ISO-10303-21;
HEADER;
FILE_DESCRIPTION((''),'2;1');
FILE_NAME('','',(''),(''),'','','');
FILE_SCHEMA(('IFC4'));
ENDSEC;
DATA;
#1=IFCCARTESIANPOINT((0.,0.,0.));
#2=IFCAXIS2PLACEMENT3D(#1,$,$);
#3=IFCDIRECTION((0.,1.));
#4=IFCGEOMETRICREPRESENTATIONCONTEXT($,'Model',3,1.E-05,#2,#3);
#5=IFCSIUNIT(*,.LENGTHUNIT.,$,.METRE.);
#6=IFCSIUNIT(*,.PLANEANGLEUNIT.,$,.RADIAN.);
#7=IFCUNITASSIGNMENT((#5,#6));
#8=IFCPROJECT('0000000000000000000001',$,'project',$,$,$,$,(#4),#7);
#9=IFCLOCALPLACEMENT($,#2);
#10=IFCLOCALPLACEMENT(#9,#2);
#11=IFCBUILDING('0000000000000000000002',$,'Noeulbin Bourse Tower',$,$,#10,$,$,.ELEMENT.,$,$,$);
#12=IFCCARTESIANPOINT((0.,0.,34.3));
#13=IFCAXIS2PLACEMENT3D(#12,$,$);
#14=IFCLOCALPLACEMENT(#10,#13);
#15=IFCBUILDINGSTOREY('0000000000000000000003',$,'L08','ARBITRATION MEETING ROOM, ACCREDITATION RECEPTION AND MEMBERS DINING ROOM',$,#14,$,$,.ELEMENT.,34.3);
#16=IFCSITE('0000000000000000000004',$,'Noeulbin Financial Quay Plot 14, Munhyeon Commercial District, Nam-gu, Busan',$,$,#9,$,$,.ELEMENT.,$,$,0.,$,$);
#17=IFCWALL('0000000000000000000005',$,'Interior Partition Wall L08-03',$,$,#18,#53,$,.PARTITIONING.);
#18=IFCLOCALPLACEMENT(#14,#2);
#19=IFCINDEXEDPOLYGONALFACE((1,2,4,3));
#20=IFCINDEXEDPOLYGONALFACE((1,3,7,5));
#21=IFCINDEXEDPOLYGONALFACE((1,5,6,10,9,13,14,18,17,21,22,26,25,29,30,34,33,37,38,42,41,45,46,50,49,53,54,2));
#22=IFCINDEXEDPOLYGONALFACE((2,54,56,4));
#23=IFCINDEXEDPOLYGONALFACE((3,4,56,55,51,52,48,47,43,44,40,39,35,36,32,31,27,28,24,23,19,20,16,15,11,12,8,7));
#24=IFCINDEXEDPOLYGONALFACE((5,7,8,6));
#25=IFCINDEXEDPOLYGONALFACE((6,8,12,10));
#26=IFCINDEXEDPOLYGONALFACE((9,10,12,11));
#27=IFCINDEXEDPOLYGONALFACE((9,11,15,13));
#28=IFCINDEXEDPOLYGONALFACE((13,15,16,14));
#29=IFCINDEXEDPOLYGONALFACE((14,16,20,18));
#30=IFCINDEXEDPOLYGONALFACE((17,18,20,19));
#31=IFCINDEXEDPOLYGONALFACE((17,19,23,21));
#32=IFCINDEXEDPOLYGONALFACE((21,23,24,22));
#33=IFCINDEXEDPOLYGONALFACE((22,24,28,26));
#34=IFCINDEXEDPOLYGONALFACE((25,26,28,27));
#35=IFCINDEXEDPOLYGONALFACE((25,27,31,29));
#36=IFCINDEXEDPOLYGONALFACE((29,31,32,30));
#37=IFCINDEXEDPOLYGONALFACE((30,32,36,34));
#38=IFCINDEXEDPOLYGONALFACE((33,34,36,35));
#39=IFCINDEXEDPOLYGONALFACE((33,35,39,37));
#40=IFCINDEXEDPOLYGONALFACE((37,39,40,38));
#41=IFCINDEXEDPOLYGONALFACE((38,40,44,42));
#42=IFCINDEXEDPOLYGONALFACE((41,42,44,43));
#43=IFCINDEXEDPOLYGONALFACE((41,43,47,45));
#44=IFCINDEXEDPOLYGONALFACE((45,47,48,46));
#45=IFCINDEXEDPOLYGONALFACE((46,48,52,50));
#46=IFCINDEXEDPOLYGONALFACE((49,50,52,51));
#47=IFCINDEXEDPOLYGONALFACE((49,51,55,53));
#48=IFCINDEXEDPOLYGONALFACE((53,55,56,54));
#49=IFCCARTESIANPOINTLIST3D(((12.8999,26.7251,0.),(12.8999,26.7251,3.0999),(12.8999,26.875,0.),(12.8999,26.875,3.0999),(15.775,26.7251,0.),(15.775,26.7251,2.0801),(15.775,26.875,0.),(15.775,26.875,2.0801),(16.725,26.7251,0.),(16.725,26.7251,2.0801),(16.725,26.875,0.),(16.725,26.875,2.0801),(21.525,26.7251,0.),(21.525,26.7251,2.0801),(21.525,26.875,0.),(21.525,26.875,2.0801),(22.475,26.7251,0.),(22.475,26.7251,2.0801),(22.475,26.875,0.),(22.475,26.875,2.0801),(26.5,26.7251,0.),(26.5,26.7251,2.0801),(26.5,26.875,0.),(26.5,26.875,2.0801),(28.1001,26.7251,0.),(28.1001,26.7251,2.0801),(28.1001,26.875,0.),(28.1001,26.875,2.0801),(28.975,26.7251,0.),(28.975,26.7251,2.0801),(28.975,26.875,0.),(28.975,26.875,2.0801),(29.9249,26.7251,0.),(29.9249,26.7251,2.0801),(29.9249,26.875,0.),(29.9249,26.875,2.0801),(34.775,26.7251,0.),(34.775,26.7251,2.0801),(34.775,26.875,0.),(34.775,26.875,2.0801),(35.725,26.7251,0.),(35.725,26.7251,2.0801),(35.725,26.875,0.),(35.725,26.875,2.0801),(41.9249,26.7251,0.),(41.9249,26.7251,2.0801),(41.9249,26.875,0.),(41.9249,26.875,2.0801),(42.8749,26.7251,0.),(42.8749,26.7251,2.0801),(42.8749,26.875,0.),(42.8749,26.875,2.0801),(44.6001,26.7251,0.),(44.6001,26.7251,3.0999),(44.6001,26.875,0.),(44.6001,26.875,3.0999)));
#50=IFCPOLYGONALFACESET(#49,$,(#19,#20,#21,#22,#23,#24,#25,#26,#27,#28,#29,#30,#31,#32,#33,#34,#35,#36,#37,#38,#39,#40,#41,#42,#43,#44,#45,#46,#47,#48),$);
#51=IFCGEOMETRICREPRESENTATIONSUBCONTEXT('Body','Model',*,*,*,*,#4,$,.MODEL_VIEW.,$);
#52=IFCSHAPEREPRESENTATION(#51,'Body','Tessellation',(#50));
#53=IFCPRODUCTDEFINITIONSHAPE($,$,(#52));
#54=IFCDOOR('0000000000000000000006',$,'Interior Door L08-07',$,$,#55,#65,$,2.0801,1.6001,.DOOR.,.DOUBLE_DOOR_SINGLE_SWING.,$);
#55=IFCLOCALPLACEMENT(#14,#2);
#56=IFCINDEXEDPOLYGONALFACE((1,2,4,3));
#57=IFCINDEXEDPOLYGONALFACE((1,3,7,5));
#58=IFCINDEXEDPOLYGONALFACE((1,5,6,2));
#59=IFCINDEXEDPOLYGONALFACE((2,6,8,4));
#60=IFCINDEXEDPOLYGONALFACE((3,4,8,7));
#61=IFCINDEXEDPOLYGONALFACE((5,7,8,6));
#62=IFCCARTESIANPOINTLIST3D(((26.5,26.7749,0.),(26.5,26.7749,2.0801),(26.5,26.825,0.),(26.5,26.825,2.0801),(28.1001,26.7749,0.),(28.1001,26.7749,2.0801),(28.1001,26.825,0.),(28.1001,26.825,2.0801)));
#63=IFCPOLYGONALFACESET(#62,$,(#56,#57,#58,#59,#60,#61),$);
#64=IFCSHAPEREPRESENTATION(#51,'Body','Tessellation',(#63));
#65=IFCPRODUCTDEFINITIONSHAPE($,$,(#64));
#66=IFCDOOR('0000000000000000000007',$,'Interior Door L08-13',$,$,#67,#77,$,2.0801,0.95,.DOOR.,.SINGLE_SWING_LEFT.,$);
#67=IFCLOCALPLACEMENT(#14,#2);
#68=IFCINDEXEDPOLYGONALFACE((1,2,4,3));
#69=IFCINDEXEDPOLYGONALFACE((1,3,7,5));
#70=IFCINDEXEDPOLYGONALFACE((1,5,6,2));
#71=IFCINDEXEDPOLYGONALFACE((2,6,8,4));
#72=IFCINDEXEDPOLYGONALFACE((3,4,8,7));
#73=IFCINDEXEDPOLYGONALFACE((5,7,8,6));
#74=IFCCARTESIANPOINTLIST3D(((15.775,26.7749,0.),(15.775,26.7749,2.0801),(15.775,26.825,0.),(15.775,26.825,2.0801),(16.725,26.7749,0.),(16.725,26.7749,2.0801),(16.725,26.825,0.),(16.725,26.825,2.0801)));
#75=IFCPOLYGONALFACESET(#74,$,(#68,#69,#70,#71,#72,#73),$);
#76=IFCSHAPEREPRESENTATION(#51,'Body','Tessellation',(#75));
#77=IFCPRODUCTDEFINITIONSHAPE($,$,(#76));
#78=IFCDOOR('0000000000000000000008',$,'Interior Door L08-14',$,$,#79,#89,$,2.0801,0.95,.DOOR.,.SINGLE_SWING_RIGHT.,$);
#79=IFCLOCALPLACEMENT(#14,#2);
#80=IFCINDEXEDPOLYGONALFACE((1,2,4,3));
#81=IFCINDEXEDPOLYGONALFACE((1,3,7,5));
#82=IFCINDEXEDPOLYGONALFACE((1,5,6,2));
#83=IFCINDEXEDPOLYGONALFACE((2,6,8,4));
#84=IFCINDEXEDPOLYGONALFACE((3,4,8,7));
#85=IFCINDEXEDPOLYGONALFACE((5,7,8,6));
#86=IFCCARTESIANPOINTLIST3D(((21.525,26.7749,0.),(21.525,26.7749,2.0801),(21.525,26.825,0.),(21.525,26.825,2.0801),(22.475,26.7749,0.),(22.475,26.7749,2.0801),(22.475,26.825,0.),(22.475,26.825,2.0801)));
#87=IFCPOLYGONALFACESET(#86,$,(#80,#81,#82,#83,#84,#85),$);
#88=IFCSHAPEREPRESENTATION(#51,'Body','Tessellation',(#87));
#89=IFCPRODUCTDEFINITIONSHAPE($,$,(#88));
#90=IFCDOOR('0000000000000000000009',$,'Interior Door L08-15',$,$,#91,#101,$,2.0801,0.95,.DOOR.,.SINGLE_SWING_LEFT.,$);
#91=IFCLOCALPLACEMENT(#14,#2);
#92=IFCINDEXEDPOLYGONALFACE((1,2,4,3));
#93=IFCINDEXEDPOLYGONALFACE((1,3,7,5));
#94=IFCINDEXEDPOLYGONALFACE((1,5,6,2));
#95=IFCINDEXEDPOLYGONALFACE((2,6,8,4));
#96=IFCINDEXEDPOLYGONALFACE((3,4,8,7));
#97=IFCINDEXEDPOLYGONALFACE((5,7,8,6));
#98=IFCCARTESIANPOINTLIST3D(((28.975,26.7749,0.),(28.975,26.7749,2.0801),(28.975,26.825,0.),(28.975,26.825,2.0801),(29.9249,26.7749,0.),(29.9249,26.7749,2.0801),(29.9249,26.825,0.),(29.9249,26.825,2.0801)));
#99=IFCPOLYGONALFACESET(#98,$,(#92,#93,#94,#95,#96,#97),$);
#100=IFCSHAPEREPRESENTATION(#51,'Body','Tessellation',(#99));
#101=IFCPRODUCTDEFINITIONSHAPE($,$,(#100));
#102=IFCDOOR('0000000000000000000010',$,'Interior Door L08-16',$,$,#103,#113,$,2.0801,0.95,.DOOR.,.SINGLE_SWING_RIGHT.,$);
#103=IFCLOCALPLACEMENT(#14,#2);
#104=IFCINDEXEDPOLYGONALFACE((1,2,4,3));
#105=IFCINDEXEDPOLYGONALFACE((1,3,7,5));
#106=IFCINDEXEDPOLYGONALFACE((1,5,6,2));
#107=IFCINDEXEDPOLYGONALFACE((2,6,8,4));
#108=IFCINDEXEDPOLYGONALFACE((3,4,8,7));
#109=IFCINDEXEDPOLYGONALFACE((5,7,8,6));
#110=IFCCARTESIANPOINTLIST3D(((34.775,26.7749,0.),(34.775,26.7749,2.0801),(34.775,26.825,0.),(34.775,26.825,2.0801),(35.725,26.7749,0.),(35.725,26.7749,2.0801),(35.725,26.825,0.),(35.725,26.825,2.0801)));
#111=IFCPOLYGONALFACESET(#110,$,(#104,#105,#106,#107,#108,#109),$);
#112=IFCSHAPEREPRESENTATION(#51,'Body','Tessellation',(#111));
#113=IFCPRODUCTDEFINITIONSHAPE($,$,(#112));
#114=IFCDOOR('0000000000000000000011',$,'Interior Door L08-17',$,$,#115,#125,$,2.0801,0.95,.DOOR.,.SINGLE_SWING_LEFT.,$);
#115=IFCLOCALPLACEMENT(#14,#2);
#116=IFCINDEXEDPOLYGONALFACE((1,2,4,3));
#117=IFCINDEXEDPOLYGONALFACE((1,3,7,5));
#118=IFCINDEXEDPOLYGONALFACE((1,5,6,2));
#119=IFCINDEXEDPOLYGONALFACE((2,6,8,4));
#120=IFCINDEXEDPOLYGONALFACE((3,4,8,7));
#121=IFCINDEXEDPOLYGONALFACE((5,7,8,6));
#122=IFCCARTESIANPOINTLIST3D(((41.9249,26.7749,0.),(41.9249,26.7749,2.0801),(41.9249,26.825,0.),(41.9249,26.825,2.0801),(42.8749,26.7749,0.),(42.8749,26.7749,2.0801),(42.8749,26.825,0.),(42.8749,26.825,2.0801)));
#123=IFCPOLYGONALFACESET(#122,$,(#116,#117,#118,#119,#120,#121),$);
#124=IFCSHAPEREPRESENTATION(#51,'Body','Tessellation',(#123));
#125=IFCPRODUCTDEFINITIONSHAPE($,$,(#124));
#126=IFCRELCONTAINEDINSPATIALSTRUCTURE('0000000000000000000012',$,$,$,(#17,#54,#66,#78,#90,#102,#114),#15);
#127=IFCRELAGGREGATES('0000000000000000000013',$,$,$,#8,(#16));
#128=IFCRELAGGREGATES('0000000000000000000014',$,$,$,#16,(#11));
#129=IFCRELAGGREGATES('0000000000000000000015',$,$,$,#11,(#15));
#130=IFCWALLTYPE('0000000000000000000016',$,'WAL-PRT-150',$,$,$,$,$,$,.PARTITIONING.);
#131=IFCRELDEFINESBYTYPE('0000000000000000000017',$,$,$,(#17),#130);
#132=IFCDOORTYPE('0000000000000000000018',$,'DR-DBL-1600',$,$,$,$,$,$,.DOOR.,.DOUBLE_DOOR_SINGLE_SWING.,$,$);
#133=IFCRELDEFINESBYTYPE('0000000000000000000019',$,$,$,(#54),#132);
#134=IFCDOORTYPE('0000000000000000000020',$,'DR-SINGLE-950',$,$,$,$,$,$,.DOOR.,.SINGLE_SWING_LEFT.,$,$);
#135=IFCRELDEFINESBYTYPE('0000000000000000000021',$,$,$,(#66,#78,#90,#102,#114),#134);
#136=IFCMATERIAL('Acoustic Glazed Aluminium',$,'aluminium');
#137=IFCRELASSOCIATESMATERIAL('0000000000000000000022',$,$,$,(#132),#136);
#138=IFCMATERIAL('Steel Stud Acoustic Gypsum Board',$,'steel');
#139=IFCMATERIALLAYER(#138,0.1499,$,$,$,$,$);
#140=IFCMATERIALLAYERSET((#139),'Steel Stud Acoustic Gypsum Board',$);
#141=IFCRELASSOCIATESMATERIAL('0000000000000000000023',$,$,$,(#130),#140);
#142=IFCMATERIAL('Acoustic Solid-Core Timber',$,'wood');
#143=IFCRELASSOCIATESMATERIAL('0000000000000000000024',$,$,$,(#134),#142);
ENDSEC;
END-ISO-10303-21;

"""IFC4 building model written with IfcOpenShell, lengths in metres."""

from ifc_helpers import new_model, si_unit, direction, frame, frame_2d, origin, place, context, subcontext, project, spatial, rectangle, extrude, material, layer, layer_set, type_object, element, fill, save


model = new_model("IFC4")

# Units and contexts
model_context = context("Model", 3, precision=1e-05, world=origin(), true_north=direction((0.0, 1.0)))
body_context = subcontext(model_context, "Body", "Model", "MODEL_VIEW")
ifc_project = project(units=[si_unit("LENGTHUNIT", "METRE"), si_unit("PLANEANGLEUNIT", "RADIAN")], contexts=[model_context])

# Site, building, storey
site_placement = place(None, origin())
site = spatial("IfcSite", under=ifc_project, at=site_placement, Name="Noeulbin Financial Quay Plot 14, Munhyeon Commercial District, Nam-gu, Busan", CompositionType="ELEMENT", RefElevation=0.0)
building_placement = place(site_placement, origin())
building = spatial("IfcBuilding", under=site, at=building_placement, Name="Noeulbin Bourse Tower", CompositionType="ELEMENT")
storey_placement = place(building_placement, frame((0.0, 0.0, 34.3)))
storey = spatial("IfcBuildingStorey", under=building, at=storey_placement, Name="L08", Description="ARBITRATION MEETING ROOM, ACCREDITATION RECEPTION AND MEMBERS DINING ROOM", CompositionType="ELEMENT", Elevation=34.3)

# Shared definitions
ifc_material_1 = material(Name="Acoustic Glazed Aluminium", Category="aluminium")
door_type_1 = type_object("IfcDoorType", Name="DR-DBL-1600", OperationType="DOUBLE_DOOR_SINGLE_SWING", PredefinedType="DOOR", material=ifc_material_1)

# Wall, openings, doors
ifc_material_2 = material(Name="Steel Stud Acoustic Gypsum Board", Category="steel")
ifc_layer_1 = layer(ifc_material_2, 0.1499)
ifc_layer_set_1 = layer_set([ifc_layer_1], Name="Steel Stud Acoustic Gypsum Board")
wall_type_1 = type_object("IfcWallType", Name="WAL-PRT-150", PredefinedType="PARTITIONING", material=ifc_layer_set_1)
wall_1_placement = place(storey_placement, frame((12.8999, 26.8, 0.0), z_axis=(0.0, 0.0, 1.0), x_axis=(1.0, 0.0, 0.0)))
wall_1 = element("IfcWall", 1, at=wall_1_placement, inside=storey, type_object=wall_type_1, Name="Interior Partition Wall L08-03", PredefinedType="PARTITIONING", context=body_context, shape_type="SweptSolid", body=[
    extrude(rectangle(XDim=31.7002, YDim=0.1499, at=frame_2d((15.8501, 0.0))), origin(), (0.0, 0.0, 1.0), 3.0999),
])
opening_1_placement = place(wall_1_placement, frame((13.6001, 0.0, 0.0)))
opening_1 = element("IfcOpeningElement", 2, at=opening_1_placement, cuts=wall_1, PredefinedType="OPENING", context=body_context, shape_type="SweptSolid", body=[
    extrude(rectangle(XDim=1.6001, YDim=2.0801, at=frame_2d((0.8, 1.04))), frame((0.0, 0.085, 0.0), z_axis=(0.0, -1.0, 0.0), x_axis=(1.0, 0.0, 0.0)), (0.0, 0.0, 1.0), 0.1699),
])
opening_2_placement = place(wall_1_placement, frame((2.875, 0.0, 0.0)))
opening_2 = element("IfcOpeningElement", 3, at=opening_2_placement, cuts=wall_1, PredefinedType="OPENING", context=body_context, shape_type="SweptSolid", body=[
    extrude(rectangle(XDim=0.95, YDim=2.0801, at=frame_2d((0.4751, 1.04))), frame((0.0, 0.085, 0.0), z_axis=(0.0, -1.0, 0.0), x_axis=(1.0, 0.0, 0.0)), (0.0, 0.0, 1.0), 0.1699),
])
opening_3_placement = place(wall_1_placement, frame((8.625, 0.0, 0.0)))
opening_3 = element("IfcOpeningElement", 4, at=opening_3_placement, cuts=wall_1, PredefinedType="OPENING", context=body_context, shape_type="SweptSolid", body=[
    extrude(rectangle(XDim=0.95, YDim=2.0801, at=frame_2d((0.4751, 1.04))), frame((0.0, 0.085, 0.0), z_axis=(0.0, -1.0, 0.0), x_axis=(1.0, 0.0, 0.0)), (0.0, 0.0, 1.0), 0.1699),
])
opening_4_placement = place(wall_1_placement, frame((16.075, 0.0, 0.0)))
opening_4 = element("IfcOpeningElement", 5, at=opening_4_placement, cuts=wall_1, PredefinedType="OPENING", context=body_context, shape_type="SweptSolid", body=[
    extrude(rectangle(XDim=0.95, YDim=2.0801, at=frame_2d((0.4751, 1.04))), frame((0.0, 0.085, 0.0), z_axis=(0.0, -1.0, 0.0), x_axis=(1.0, 0.0, 0.0)), (0.0, 0.0, 1.0), 0.1699),
])
opening_5_placement = place(wall_1_placement, frame((21.875, 0.0, 0.0)))
opening_5 = element("IfcOpeningElement", 6, at=opening_5_placement, cuts=wall_1, PredefinedType="OPENING", context=body_context, shape_type="SweptSolid", body=[
    extrude(rectangle(XDim=0.95, YDim=2.0801, at=frame_2d((0.4751, 1.04))), frame((0.0, 0.085, 0.0), z_axis=(0.0, -1.0, 0.0), x_axis=(1.0, 0.0, 0.0)), (0.0, 0.0, 1.0), 0.1699),
])
opening_6_placement = place(wall_1_placement, frame((29.0249, 0.0, 0.0)))
opening_6 = element("IfcOpeningElement", 7, at=opening_6_placement, cuts=wall_1, PredefinedType="OPENING", context=body_context, shape_type="SweptSolid", body=[
    extrude(rectangle(XDim=0.95, YDim=2.0801, at=frame_2d((0.4751, 1.04))), frame((0.0, 0.085, 0.0), z_axis=(0.0, -1.0, 0.0), x_axis=(1.0, 0.0, 0.0)), (0.0, 0.0, 1.0), 0.1699),
])
door_1_placement = place(opening_1_placement, origin())
door_1 = element("IfcDoor", 8, at=door_1_placement, inside=storey, type_object=door_type_1, Name="Interior Door L08-07", OperationType="DOUBLE_DOOR_SINGLE_SWING", OverallHeight=2.0801, OverallWidth=1.6001, PredefinedType="DOOR", context=body_context, shape_type="SweptSolid", body=[
    extrude(rectangle(XDim=1.6001, YDim=2.0801, at=frame_2d((0.8, 1.04))), frame((0.0, 0.0249, 0.0), z_axis=(0.0, -1.0, 0.0), x_axis=(1.0, 0.0, 0.0)), (0.0, 0.0, 1.0), 0.05),
])
fill(opening_1, door_1)
ifc_material_3 = material(Name="Acoustic Solid-Core Timber", Category="wood")
door_type_2 = type_object("IfcDoorType", Name="DR-SINGLE-950", OperationType="SINGLE_SWING_LEFT", PredefinedType="DOOR", material=ifc_material_3)
door_2_placement = place(opening_2_placement, origin())
door_2 = element("IfcDoor", 9, at=door_2_placement, inside=storey, type_object=door_type_2, Name="Interior Door L08-13", OperationType="SINGLE_SWING_LEFT", OverallHeight=2.0801, OverallWidth=0.95, PredefinedType="DOOR", context=body_context, shape_type="SweptSolid", body=[
    extrude(rectangle(XDim=0.95, YDim=2.0801, at=frame_2d((0.4751, 1.04))), frame((0.0, 0.0249, 0.0), z_axis=(0.0, -1.0, 0.0), x_axis=(1.0, 0.0, 0.0)), (0.0, 0.0, 1.0), 0.05),
])
fill(opening_2, door_2)
door_3_placement = place(opening_3_placement, origin())
door_3 = element("IfcDoor", 10, at=door_3_placement, inside=storey, type_object=door_type_2, Name="Interior Door L08-14", OperationType="SINGLE_SWING_RIGHT", OverallHeight=2.0801, OverallWidth=0.95, PredefinedType="DOOR", context=body_context, shape_type="SweptSolid", body=[
    extrude(rectangle(XDim=0.95, YDim=2.0801, at=frame_2d((0.4751, 1.04))), frame((0.0, 0.0249, 0.0), z_axis=(0.0, -1.0, 0.0), x_axis=(1.0, 0.0, 0.0)), (0.0, 0.0, 1.0), 0.05),
])
fill(opening_3, door_3)
door_4_placement = place(opening_4_placement, origin())
door_4 = element("IfcDoor", 11, at=door_4_placement, inside=storey, type_object=door_type_2, Name="Interior Door L08-15", OperationType="SINGLE_SWING_LEFT", OverallHeight=2.0801, OverallWidth=0.95, PredefinedType="DOOR", context=body_context, shape_type="SweptSolid", body=[
    extrude(rectangle(XDim=0.95, YDim=2.0801, at=frame_2d((0.4751, 1.04))), frame((0.0, 0.0249, 0.0), z_axis=(0.0, -1.0, 0.0), x_axis=(1.0, 0.0, 0.0)), (0.0, 0.0, 1.0), 0.05),
])
fill(opening_4, door_4)
door_5_placement = place(opening_5_placement, origin())
door_5 = element("IfcDoor", 12, at=door_5_placement, inside=storey, type_object=door_type_2, Name="Interior Door L08-16", OperationType="SINGLE_SWING_RIGHT", OverallHeight=2.0801, OverallWidth=0.95, PredefinedType="DOOR", context=body_context, shape_type="SweptSolid", body=[
    extrude(rectangle(XDim=0.95, YDim=2.0801, at=frame_2d((0.4751, 1.04))), frame((0.0, 0.0249, 0.0), z_axis=(0.0, -1.0, 0.0), x_axis=(1.0, 0.0, 0.0)), (0.0, 0.0, 1.0), 0.05),
])
fill(opening_5, door_5)
door_6_placement = place(opening_6_placement, origin())
door_6 = element("IfcDoor", 13, at=door_6_placement, inside=storey, type_object=door_type_2, Name="Interior Door L08-17", OperationType="SINGLE_SWING_LEFT", OverallHeight=2.0801, OverallWidth=0.95, PredefinedType="DOOR", context=body_context, shape_type="SweptSolid", body=[
    extrude(rectangle(XDim=0.95, YDim=2.0801, at=frame_2d((0.4751, 1.04))), frame((0.0, 0.0249, 0.0), z_axis=(0.0, -1.0, 0.0), x_axis=(1.0, 0.0, 0.0)), (0.0, 0.0, 1.0), 0.05),
])
fill(opening_6, door_6)

save(model, "model.ifc")
